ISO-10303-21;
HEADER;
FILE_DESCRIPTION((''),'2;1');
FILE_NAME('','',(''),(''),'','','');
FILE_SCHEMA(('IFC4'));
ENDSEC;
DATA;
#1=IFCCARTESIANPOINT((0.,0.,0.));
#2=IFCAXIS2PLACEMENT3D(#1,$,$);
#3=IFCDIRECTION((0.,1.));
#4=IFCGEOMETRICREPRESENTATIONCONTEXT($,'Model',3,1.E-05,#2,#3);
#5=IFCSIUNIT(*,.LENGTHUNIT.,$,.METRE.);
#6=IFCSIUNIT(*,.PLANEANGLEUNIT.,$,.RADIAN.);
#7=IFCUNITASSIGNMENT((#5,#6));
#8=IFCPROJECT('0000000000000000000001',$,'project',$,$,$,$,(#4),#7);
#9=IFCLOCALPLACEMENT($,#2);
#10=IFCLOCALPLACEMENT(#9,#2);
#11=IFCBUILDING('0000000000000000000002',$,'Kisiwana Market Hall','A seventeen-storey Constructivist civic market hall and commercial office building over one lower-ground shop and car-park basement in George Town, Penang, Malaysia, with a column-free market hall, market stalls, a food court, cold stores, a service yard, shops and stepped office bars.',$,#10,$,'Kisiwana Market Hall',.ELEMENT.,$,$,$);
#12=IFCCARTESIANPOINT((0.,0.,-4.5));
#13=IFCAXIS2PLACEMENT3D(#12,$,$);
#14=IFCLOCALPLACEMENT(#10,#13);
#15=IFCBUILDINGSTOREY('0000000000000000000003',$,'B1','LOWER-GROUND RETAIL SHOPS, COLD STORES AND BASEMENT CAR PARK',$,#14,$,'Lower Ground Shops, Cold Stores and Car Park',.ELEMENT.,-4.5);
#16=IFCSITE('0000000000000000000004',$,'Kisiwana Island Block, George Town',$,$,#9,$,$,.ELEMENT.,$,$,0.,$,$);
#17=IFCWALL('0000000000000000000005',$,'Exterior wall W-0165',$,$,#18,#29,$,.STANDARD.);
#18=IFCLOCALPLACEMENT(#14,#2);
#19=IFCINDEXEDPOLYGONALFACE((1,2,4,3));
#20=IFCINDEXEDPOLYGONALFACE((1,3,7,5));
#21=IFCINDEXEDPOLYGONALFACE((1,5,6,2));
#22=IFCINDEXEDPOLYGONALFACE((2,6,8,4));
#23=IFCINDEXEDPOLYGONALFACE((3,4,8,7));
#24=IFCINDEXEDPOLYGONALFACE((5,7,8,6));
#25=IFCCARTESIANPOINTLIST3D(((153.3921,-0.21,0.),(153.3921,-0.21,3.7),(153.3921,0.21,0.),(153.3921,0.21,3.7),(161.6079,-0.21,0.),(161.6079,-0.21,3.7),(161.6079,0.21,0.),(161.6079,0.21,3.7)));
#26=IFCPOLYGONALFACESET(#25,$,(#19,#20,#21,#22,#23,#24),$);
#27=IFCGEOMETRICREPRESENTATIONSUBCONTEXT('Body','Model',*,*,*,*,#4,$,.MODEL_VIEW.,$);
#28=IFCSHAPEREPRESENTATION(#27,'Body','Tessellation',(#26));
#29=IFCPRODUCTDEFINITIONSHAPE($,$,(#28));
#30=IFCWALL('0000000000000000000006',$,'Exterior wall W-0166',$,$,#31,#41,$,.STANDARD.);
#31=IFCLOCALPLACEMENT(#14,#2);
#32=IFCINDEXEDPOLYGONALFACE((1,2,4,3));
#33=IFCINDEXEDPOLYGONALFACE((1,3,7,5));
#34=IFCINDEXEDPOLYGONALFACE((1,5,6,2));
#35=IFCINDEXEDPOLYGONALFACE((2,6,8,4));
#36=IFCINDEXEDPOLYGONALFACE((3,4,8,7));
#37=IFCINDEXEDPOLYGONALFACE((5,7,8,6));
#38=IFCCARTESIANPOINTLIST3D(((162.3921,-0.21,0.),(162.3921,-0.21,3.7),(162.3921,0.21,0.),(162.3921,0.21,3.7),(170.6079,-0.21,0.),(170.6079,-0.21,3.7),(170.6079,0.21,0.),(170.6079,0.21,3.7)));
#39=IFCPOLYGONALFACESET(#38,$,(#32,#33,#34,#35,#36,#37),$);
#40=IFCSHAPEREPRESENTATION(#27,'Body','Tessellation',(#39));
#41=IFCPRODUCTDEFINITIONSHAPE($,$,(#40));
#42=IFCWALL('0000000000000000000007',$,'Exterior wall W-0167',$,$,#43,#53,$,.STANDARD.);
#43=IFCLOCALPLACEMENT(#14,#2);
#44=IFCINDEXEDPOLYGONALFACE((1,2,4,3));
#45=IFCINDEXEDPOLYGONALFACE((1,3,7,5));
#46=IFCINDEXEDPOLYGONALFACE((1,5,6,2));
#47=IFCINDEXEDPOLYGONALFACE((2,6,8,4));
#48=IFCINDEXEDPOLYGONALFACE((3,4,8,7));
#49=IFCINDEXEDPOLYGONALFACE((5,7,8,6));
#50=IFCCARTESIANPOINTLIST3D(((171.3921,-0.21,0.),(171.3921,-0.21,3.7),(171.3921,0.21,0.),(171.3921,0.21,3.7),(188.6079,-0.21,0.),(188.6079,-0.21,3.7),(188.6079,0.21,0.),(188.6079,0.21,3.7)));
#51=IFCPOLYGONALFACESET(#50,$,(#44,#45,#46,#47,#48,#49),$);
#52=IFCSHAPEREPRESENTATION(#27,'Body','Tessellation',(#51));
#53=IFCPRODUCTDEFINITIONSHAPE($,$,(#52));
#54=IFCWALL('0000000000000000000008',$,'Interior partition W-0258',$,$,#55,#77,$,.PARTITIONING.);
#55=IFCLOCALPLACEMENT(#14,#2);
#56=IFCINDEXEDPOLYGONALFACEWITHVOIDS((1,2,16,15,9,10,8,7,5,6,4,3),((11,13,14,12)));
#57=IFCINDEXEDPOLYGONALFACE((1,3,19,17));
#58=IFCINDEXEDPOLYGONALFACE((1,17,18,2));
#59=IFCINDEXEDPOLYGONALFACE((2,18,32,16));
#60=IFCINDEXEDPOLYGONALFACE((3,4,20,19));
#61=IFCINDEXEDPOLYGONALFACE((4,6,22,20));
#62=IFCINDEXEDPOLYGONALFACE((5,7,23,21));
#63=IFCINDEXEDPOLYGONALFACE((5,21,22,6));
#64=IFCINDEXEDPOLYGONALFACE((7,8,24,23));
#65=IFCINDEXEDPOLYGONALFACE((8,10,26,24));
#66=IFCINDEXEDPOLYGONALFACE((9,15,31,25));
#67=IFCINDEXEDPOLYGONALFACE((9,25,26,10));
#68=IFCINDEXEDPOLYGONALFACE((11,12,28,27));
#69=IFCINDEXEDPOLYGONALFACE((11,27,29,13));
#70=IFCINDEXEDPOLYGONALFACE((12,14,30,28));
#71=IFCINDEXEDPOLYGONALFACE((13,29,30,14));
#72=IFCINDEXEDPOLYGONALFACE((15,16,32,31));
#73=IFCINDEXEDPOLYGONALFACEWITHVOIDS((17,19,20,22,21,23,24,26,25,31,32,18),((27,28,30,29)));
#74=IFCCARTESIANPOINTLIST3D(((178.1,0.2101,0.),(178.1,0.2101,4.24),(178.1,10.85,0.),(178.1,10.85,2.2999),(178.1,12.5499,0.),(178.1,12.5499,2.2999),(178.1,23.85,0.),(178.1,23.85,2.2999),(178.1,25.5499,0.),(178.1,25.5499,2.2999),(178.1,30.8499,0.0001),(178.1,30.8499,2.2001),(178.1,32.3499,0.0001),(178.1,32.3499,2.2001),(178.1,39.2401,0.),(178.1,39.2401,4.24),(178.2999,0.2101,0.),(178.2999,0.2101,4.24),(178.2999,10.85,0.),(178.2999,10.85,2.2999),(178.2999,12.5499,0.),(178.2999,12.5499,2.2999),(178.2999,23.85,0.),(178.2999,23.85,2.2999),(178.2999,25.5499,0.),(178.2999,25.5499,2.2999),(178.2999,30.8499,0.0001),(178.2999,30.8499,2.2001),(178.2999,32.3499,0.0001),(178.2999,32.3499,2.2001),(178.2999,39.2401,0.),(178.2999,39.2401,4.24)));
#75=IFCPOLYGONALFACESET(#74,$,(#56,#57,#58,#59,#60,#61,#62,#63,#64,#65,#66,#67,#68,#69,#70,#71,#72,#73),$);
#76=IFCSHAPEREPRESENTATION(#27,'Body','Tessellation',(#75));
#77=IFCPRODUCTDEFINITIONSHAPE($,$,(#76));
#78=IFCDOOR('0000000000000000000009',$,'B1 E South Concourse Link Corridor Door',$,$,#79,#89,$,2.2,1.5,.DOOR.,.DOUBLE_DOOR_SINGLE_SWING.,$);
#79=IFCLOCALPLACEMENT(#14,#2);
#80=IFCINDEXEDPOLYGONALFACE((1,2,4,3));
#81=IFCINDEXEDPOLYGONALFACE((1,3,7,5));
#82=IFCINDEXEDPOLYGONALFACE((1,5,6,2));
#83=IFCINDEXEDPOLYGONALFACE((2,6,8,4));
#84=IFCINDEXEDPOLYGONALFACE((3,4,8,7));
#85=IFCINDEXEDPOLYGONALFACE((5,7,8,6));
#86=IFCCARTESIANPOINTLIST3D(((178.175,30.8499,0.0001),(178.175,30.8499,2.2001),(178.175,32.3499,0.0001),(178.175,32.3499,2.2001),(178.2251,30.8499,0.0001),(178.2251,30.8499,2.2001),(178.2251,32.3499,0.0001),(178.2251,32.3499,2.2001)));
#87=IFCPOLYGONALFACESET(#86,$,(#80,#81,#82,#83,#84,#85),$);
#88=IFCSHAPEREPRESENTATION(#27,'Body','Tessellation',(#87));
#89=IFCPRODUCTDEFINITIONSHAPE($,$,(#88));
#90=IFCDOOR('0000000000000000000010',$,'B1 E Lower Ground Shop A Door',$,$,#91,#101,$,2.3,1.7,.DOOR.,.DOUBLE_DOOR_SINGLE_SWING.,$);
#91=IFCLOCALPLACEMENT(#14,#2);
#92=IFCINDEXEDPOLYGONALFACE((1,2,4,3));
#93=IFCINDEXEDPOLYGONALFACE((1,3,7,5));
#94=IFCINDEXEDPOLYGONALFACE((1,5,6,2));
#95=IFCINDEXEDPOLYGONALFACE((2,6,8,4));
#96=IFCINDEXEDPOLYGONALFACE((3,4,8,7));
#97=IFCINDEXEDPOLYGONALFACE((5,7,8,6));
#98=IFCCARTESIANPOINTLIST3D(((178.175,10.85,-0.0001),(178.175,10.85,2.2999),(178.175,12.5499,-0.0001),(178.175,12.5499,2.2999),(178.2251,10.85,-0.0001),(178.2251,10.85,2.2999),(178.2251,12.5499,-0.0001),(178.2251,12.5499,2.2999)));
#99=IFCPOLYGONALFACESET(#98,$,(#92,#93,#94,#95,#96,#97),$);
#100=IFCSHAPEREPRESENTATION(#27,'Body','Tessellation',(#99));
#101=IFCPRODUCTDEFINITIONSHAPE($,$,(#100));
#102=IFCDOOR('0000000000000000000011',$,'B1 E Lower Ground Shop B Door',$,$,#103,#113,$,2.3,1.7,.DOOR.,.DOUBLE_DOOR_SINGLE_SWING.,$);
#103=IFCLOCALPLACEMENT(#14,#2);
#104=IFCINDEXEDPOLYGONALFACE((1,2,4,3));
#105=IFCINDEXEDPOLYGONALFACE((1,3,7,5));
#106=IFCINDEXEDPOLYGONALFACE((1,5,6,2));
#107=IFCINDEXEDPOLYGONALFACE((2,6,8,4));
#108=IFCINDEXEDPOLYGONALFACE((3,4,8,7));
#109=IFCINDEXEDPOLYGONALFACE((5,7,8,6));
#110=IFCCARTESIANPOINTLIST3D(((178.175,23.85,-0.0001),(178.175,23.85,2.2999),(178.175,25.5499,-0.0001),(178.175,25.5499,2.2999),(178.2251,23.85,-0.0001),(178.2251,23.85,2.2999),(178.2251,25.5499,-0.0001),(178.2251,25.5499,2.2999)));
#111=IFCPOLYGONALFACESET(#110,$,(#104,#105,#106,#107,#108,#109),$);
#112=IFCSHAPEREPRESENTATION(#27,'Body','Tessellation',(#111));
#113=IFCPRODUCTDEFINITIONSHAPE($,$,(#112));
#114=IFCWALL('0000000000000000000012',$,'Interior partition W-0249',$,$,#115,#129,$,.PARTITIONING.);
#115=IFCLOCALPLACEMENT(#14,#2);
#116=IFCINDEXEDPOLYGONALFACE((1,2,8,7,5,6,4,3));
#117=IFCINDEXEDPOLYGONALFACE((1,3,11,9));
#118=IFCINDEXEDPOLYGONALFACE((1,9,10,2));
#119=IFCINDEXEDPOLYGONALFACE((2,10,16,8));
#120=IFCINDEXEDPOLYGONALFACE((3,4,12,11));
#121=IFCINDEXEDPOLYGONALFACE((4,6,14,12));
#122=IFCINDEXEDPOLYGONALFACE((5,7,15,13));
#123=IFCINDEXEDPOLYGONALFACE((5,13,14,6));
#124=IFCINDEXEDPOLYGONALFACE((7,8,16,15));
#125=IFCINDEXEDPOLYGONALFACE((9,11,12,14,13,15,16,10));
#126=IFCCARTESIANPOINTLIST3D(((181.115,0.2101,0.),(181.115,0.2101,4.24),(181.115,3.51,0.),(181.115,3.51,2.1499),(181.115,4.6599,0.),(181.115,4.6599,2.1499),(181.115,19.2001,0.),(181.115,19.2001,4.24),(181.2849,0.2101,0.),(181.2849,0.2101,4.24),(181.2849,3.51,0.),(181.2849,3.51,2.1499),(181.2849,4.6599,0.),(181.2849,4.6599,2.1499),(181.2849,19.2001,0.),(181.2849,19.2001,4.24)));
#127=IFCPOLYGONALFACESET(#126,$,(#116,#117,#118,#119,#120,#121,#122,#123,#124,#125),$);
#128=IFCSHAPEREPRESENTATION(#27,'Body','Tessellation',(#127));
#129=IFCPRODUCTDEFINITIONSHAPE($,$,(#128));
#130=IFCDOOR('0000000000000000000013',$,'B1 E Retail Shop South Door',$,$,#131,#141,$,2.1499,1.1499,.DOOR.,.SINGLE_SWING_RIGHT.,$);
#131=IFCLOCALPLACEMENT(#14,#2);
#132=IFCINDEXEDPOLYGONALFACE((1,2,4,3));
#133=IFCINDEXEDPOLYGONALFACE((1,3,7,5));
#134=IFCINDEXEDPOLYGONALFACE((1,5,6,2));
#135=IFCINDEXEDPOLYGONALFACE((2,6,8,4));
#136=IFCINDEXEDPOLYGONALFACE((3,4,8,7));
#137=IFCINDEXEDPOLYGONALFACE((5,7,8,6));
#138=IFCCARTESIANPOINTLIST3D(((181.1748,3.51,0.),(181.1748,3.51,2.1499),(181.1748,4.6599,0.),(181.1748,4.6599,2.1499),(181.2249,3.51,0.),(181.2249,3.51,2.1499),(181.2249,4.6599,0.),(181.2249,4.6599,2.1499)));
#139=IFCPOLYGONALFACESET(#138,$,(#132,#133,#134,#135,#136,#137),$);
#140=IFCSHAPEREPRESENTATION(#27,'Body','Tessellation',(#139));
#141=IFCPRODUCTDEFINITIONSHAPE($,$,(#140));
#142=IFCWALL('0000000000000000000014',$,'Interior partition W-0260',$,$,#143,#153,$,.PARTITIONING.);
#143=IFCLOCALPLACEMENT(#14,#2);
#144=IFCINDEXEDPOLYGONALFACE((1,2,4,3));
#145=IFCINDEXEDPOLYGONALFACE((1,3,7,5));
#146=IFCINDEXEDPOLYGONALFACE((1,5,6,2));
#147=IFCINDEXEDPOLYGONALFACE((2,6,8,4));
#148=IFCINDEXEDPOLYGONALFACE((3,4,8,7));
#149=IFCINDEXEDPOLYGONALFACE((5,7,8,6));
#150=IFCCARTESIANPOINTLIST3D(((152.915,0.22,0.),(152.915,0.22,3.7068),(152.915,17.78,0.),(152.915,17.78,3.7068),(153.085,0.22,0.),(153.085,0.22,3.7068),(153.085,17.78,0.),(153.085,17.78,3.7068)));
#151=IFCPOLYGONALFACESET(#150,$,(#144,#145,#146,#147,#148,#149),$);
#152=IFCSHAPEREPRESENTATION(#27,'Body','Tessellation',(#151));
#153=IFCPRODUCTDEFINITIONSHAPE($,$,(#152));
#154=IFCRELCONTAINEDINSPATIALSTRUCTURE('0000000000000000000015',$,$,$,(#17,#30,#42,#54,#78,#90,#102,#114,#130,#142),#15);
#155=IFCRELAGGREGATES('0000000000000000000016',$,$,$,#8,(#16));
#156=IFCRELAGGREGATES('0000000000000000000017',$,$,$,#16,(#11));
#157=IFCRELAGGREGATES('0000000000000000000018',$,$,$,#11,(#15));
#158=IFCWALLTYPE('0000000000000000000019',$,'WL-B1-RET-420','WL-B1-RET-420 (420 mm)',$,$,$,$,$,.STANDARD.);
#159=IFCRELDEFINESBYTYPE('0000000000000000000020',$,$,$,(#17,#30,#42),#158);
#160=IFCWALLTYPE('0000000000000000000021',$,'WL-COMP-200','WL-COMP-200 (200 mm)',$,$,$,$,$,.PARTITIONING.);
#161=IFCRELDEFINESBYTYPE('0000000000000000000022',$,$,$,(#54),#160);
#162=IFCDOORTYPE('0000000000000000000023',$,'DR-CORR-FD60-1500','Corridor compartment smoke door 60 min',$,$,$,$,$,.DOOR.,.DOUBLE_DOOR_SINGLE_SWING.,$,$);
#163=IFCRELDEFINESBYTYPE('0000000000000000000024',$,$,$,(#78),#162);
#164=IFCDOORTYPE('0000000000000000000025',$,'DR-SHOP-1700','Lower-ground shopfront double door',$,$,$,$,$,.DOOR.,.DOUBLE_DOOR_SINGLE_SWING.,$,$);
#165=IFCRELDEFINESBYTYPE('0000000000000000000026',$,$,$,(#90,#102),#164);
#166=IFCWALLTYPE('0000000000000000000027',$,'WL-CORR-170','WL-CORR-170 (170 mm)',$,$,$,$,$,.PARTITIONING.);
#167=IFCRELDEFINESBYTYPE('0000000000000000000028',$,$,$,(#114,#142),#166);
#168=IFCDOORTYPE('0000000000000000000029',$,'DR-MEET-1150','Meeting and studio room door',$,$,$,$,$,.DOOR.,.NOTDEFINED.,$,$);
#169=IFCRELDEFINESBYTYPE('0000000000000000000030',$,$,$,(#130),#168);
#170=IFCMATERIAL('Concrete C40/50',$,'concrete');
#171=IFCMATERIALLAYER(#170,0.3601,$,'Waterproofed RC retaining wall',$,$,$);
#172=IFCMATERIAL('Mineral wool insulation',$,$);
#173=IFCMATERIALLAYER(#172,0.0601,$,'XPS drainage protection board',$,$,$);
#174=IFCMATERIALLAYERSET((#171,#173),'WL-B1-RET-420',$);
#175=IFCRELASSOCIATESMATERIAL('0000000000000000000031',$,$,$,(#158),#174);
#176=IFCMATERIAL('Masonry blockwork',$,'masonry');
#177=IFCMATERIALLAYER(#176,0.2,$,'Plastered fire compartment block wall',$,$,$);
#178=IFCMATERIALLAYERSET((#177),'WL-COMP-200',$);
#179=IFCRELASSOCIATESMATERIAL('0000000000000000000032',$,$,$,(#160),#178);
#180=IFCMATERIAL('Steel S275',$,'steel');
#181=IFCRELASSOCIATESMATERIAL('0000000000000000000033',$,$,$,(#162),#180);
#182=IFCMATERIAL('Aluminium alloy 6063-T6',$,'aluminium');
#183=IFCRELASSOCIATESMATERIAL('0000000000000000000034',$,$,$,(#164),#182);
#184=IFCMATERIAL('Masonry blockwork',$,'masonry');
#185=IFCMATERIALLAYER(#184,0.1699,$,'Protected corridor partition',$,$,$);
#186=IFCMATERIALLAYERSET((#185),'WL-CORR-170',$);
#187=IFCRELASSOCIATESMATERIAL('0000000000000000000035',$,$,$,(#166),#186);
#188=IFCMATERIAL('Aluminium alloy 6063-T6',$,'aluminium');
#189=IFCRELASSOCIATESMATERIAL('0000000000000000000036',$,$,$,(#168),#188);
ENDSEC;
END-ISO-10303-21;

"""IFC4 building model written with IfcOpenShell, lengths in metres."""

from ifc_helpers import new_model, si_unit, direction, frame, frame_2d, origin, place, context, subcontext, project, spatial, rectangle, extrude, material, layer, layer_set, type_object, element, fill, save


model = new_model("IFC4")

# Units and contexts
model_context = context("Model", 3, precision=1e-05, world=origin(), true_north=direction((0.0, 1.0)))
body_context = subcontext(model_context, "Body", "Model", "MODEL_VIEW")
ifc_project = project(units=[si_unit("LENGTHUNIT", "METRE"), si_unit("PLANEANGLEUNIT", "RADIAN")], contexts=[model_context])

# Site, building, storey
site_placement = place(None, origin())
site = spatial("IfcSite", under=ifc_project, at=site_placement, Name="Kisiwana Island Block, George Town", CompositionType="ELEMENT", RefElevation=0.0)
building_placement = place(site_placement, origin())
building = spatial("IfcBuilding", under=site, at=building_placement, Name="Kisiwana Market Hall", Description="A seventeen-storey Constructivist civic market hall and commercial office building over one lower-ground shop and car-park basement in George Town, Penang, Malaysia, with a column-free market hall, market stalls, a food court, cold stores, a service yard, shops and stepped office bars.", LongName="Kisiwana Market Hall", CompositionType="ELEMENT")
storey_placement = place(building_placement, frame((0.0, 0.0, -4.5)))
storey = spatial("IfcBuildingStorey", under=building, at=storey_placement, Name="B1", Description="LOWER-GROUND RETAIL SHOPS, COLD STORES AND BASEMENT CAR PARK", LongName="Lower Ground Shops, Cold Stores and Car Park", CompositionType="ELEMENT", Elevation=-4.5)

# Walls
ifc_material_1 = material(Name="Concrete C40/50", Category="concrete")
ifc_layer_1 = layer(ifc_material_1, 0.3601, Name="Waterproofed RC retaining wall")
ifc_material_2 = material(Name="Mineral wool insulation")
ifc_layer_2 = layer(ifc_material_2, 0.0601, Name="XPS drainage protection board")
ifc_layer_set_1 = layer_set([ifc_layer_1, ifc_layer_2], Name="WL-B1-RET-420")
wall_type_1 = type_object("IfcWallType", Name="WL-B1-RET-420", Description="WL-B1-RET-420 (420 mm)", PredefinedType="STANDARD", material=ifc_layer_set_1)
for number, where, z_axis, x_axis, name in (
    (1, (153.3921, 0.0, 0.0), (0.0, 0.0, 1.0), (1.0, 0.0, 0.0), "Exterior wall W-0165"),
    (2, (162.3921, 0.0, 0.0), (0.0, 0.0, 1.0), (1.0, 0.0, 0.0), "Exterior wall W-0166"),
):
    element("IfcWall", number, at=place(storey_placement, frame(where, z_axis=z_axis, x_axis=x_axis)), inside=storey, type_object=wall_type_1, Name=name, PredefinedType="STANDARD", context=body_context, shape_type="SweptSolid", body=[
        extrude(rectangle(XDim=8.2158, YDim=0.4199, at=frame_2d((4.1079, 0.0))), origin(), (0.0, 0.0, 1.0), 3.7),
    ])
wall_1_placement = place(storey_placement, frame((171.3921, 0.0, 0.0), z_axis=(0.0, 0.0, 1.0), x_axis=(1.0, 0.0, 0.0)))
element("IfcWall", 3, at=wall_1_placement, inside=storey, type_object=wall_type_1, Name="Exterior wall W-0167", PredefinedType="STANDARD", context=body_context, shape_type="SweptSolid", body=[
    extrude(rectangle(XDim=17.2158, YDim=0.4199, at=frame_2d((8.6079, 0.0))), origin(), (0.0, 0.0, 1.0), 3.7),
])

# Wall, openings, doors
ifc_material_3 = material(Name="Masonry blockwork", Category="masonry")
ifc_layer_3 = layer(ifc_material_3, 0.2, Name="Plastered fire compartment block wall")
ifc_layer_set_2 = layer_set([ifc_layer_3], Name="WL-COMP-200")
wall_type_2 = type_object("IfcWallType", Name="WL-COMP-200", Description="WL-COMP-200 (200 mm)", PredefinedType="PARTITIONING", material=ifc_layer_set_2)
wall_2_placement = place(storey_placement, frame((178.2, 0.21, 0.0), z_axis=(0.0, 0.0, 1.0), x_axis=(0.0, 1.0, 0.0)))
wall_2 = element("IfcWall", 4, at=wall_2_placement, inside=storey, type_object=wall_type_2, Name="Interior partition W-0258", PredefinedType="PARTITIONING", context=body_context, shape_type="SweptSolid", body=[
    extrude(rectangle(XDim=39.03, YDim=0.2, at=frame_2d((19.5151, 0.0))), origin(), (0.0, 0.0, 1.0), 4.24),
])
opening_1_placement = place(wall_2_placement, frame((10.6399, 0.0, 0.0)))
opening_1 = element("IfcOpeningElement", 5, at=opening_1_placement, cuts=wall_2, PredefinedType="OPENING", context=body_context, shape_type="SweptSolid", body=[
    extrude(rectangle(XDim=1.7, YDim=2.3, at=frame_2d((0.8501, 1.1499))), frame((0.0, 0.1118, 0.0), z_axis=(0.0, -1.0, 0.0), x_axis=(1.0, 0.0, 0.0)), (0.0, 0.0, 1.0), 0.2239),
])
opening_2_placement = place(wall_2_placement, frame((23.6399, 0.0, 0.0)))
opening_2 = element("IfcOpeningElement", 6, at=opening_2_placement, cuts=wall_2, PredefinedType="OPENING", context=body_context, shape_type="SweptSolid", body=[
    extrude(rectangle(XDim=1.7, YDim=2.3, at=frame_2d((0.8501, 1.1499))), frame((0.0, 0.1118, 0.0), z_axis=(0.0, -1.0, 0.0), x_axis=(1.0, 0.0, 0.0)), (0.0, 0.0, 1.0), 0.2239),
])
opening_3_placement = place(wall_2_placement, frame((30.6399, 0.0, 0.0)))
opening_3 = element("IfcOpeningElement", 7, at=opening_3_placement, cuts=wall_2, PredefinedType="OPENING", context=body_context, shape_type="SweptSolid", body=[
    extrude(rectangle(XDim=1.5, YDim=2.2, at=frame_2d((0.75, 1.1001))), frame((0.0, 0.1118, 0.0), z_axis=(0.0, -1.0, 0.0), x_axis=(1.0, 0.0, 0.0)), (0.0, 0.0, 1.0), 0.2239),
])
ifc_material_4 = material(Name="Steel S275", Category="steel")
door_type_1 = type_object("IfcDoorType", Name="DR-CORR-FD60-1500", Description="Corridor compartment smoke door 60 min", OperationType="DOUBLE_DOOR_SINGLE_SWING", PredefinedType="DOOR", material=ifc_material_4)
door_1_placement = place(opening_3_placement, origin())
door_1 = element("IfcDoor", 8, at=door_1_placement, inside=storey, type_object=door_type_1, Name="B1 E South Concourse Link Corridor Door", OperationType="DOUBLE_DOOR_SINGLE_SWING", OverallHeight=2.2, OverallWidth=1.5, PredefinedType="DOOR", context=body_context, shape_type="SweptSolid", body=[
    extrude(rectangle(XDim=1.5, YDim=2.2, at=frame_2d((0.75, 1.1001))), frame((0.0, 0.0249, 0.0), z_axis=(0.0, -1.0, 0.0), x_axis=(1.0, 0.0, 0.0)), (0.0, 0.0, 1.0), 0.05),
])
fill(opening_3, door_1)
ifc_material_5 = material(Name="Aluminium alloy 6063-T6", Category="aluminium")
door_type_2 = type_object("IfcDoorType", Name="DR-SHOP-1700", Description="Lower-ground shopfront double door", OperationType="DOUBLE_DOOR_SINGLE_SWING", PredefinedType="DOOR", material=ifc_material_5)
door_2_placement = place(opening_1_placement, origin())
door_2 = element("IfcDoor", 9, at=door_2_placement, inside=storey, type_object=door_type_2, Name="B1 E Lower Ground Shop A Door", OperationType="DOUBLE_DOOR_SINGLE_SWING", OverallHeight=2.3, OverallWidth=1.7, PredefinedType="DOOR", context=body_context, shape_type="SweptSolid", body=[
    extrude(rectangle(XDim=1.7, YDim=2.3, at=frame_2d((0.8501, 1.1499))), frame((0.0, 0.0249, 0.0), z_axis=(0.0, -1.0, 0.0), x_axis=(1.0, 0.0, 0.0)), (0.0, 0.0, 1.0), 0.05),
])
fill(opening_1, door_2)
door_3_placement = place(opening_2_placement, origin())
door_3 = element("IfcDoor", 10, at=door_3_placement, inside=storey, type_object=door_type_2, Name="B1 E Lower Ground Shop B Door", OperationType="DOUBLE_DOOR_SINGLE_SWING", OverallHeight=2.3, OverallWidth=1.7, PredefinedType="DOOR", context=body_context, shape_type="SweptSolid", body=[
    extrude(rectangle(XDim=1.7, YDim=2.3, at=frame_2d((0.8501, 1.1499))), frame((0.0, 0.0249, 0.0), z_axis=(0.0, -1.0, 0.0), x_axis=(1.0, 0.0, 0.0)), (0.0, 0.0, 1.0), 0.05),
])
fill(opening_2, door_3)

# Wall, opening, door
ifc_material_6 = material(Name="Masonry blockwork", Category="masonry")
ifc_layer_4 = layer(ifc_material_6, 0.1699, Name="Protected corridor partition")
ifc_layer_set_3 = layer_set([ifc_layer_4], Name="WL-CORR-170")
wall_type_3 = type_object("IfcWallType", Name="WL-CORR-170", Description="WL-CORR-170 (170 mm)", PredefinedType="PARTITIONING", material=ifc_layer_set_3)
wall_3_placement = place(storey_placement, frame((181.2, 0.21, 0.0), z_axis=(0.0, 0.0, 1.0), x_axis=(0.0, 1.0, 0.0)))
wall_3 = element("IfcWall", 11, at=wall_3_placement, inside=storey, type_object=wall_type_3, Name="Interior partition W-0249", PredefinedType="PARTITIONING", context=body_context, shape_type="SweptSolid", body=[
    extrude(rectangle(XDim=18.99, YDim=0.1699, at=frame_2d((9.4951, 0.0))), origin(), (0.0, 0.0, 1.0), 4.24),
])
opening_4_placement = place(wall_3_placement, frame((3.3, 0.0, 0.0)))
opening_4 = element("IfcOpeningElement", 12, at=opening_4_placement, cuts=wall_3, PredefinedType="OPENING", context=body_context, shape_type="SweptSolid", body=[
    extrude(rectangle(XDim=1.1499, YDim=2.1499, at=frame_2d((0.575, 1.075))), frame((0.0, 0.0969, 0.0), z_axis=(0.0, -1.0, 0.0), x_axis=(1.0, 0.0, 0.0)), (0.0, 0.0, 1.0), 0.1938),
])
ifc_material_7 = material(Name="Aluminium alloy 6063-T6", Category="aluminium")
door_type_3 = type_object("IfcDoorType", Name="DR-MEET-1150", Description="Meeting and studio room door", OperationType="NOTDEFINED", PredefinedType="DOOR", material=ifc_material_7)
door_4_placement = place(opening_4_placement, frame((1.1499, 0.0, 0.0), z_axis=(0.0, 0.0, 1.0), x_axis=(-1.0, 0.0, 0.0)))
door_4 = element("IfcDoor", 13, at=door_4_placement, inside=storey, type_object=door_type_3, Name="B1 E Retail Shop South Door", OperationType="SINGLE_SWING_RIGHT", OverallHeight=2.1499, OverallWidth=1.1499, PredefinedType="DOOR", context=body_context, shape_type="SweptSolid", body=[
    extrude(rectangle(XDim=1.1499, YDim=2.1499, at=frame_2d((0.575, 1.075))), frame((0.0, 0.0249, 0.0), z_axis=(0.0, -1.0, 0.0), x_axis=(1.0, 0.0, 0.0)), (0.0, 0.0, 1.0), 0.05),
])
fill(opening_4, door_4)

# Wall
wall_4_placement = place(storey_placement, frame((153.0, 0.22, 0.0), z_axis=(0.0, 0.0, 1.0), x_axis=(0.0, 1.0, 0.0)))
element("IfcWall", 14, at=wall_4_placement, inside=storey, type_object=wall_type_3, Name="Interior partition W-0260", PredefinedType="PARTITIONING", context=body_context, shape_type="SweptSolid", body=[
    extrude(rectangle(XDim=17.5601, YDim=0.1699, at=frame_2d((8.78, 0.0))), origin(), (0.0, 0.0, 1.0), 3.7068),
])

save(model, "model.ifc")
